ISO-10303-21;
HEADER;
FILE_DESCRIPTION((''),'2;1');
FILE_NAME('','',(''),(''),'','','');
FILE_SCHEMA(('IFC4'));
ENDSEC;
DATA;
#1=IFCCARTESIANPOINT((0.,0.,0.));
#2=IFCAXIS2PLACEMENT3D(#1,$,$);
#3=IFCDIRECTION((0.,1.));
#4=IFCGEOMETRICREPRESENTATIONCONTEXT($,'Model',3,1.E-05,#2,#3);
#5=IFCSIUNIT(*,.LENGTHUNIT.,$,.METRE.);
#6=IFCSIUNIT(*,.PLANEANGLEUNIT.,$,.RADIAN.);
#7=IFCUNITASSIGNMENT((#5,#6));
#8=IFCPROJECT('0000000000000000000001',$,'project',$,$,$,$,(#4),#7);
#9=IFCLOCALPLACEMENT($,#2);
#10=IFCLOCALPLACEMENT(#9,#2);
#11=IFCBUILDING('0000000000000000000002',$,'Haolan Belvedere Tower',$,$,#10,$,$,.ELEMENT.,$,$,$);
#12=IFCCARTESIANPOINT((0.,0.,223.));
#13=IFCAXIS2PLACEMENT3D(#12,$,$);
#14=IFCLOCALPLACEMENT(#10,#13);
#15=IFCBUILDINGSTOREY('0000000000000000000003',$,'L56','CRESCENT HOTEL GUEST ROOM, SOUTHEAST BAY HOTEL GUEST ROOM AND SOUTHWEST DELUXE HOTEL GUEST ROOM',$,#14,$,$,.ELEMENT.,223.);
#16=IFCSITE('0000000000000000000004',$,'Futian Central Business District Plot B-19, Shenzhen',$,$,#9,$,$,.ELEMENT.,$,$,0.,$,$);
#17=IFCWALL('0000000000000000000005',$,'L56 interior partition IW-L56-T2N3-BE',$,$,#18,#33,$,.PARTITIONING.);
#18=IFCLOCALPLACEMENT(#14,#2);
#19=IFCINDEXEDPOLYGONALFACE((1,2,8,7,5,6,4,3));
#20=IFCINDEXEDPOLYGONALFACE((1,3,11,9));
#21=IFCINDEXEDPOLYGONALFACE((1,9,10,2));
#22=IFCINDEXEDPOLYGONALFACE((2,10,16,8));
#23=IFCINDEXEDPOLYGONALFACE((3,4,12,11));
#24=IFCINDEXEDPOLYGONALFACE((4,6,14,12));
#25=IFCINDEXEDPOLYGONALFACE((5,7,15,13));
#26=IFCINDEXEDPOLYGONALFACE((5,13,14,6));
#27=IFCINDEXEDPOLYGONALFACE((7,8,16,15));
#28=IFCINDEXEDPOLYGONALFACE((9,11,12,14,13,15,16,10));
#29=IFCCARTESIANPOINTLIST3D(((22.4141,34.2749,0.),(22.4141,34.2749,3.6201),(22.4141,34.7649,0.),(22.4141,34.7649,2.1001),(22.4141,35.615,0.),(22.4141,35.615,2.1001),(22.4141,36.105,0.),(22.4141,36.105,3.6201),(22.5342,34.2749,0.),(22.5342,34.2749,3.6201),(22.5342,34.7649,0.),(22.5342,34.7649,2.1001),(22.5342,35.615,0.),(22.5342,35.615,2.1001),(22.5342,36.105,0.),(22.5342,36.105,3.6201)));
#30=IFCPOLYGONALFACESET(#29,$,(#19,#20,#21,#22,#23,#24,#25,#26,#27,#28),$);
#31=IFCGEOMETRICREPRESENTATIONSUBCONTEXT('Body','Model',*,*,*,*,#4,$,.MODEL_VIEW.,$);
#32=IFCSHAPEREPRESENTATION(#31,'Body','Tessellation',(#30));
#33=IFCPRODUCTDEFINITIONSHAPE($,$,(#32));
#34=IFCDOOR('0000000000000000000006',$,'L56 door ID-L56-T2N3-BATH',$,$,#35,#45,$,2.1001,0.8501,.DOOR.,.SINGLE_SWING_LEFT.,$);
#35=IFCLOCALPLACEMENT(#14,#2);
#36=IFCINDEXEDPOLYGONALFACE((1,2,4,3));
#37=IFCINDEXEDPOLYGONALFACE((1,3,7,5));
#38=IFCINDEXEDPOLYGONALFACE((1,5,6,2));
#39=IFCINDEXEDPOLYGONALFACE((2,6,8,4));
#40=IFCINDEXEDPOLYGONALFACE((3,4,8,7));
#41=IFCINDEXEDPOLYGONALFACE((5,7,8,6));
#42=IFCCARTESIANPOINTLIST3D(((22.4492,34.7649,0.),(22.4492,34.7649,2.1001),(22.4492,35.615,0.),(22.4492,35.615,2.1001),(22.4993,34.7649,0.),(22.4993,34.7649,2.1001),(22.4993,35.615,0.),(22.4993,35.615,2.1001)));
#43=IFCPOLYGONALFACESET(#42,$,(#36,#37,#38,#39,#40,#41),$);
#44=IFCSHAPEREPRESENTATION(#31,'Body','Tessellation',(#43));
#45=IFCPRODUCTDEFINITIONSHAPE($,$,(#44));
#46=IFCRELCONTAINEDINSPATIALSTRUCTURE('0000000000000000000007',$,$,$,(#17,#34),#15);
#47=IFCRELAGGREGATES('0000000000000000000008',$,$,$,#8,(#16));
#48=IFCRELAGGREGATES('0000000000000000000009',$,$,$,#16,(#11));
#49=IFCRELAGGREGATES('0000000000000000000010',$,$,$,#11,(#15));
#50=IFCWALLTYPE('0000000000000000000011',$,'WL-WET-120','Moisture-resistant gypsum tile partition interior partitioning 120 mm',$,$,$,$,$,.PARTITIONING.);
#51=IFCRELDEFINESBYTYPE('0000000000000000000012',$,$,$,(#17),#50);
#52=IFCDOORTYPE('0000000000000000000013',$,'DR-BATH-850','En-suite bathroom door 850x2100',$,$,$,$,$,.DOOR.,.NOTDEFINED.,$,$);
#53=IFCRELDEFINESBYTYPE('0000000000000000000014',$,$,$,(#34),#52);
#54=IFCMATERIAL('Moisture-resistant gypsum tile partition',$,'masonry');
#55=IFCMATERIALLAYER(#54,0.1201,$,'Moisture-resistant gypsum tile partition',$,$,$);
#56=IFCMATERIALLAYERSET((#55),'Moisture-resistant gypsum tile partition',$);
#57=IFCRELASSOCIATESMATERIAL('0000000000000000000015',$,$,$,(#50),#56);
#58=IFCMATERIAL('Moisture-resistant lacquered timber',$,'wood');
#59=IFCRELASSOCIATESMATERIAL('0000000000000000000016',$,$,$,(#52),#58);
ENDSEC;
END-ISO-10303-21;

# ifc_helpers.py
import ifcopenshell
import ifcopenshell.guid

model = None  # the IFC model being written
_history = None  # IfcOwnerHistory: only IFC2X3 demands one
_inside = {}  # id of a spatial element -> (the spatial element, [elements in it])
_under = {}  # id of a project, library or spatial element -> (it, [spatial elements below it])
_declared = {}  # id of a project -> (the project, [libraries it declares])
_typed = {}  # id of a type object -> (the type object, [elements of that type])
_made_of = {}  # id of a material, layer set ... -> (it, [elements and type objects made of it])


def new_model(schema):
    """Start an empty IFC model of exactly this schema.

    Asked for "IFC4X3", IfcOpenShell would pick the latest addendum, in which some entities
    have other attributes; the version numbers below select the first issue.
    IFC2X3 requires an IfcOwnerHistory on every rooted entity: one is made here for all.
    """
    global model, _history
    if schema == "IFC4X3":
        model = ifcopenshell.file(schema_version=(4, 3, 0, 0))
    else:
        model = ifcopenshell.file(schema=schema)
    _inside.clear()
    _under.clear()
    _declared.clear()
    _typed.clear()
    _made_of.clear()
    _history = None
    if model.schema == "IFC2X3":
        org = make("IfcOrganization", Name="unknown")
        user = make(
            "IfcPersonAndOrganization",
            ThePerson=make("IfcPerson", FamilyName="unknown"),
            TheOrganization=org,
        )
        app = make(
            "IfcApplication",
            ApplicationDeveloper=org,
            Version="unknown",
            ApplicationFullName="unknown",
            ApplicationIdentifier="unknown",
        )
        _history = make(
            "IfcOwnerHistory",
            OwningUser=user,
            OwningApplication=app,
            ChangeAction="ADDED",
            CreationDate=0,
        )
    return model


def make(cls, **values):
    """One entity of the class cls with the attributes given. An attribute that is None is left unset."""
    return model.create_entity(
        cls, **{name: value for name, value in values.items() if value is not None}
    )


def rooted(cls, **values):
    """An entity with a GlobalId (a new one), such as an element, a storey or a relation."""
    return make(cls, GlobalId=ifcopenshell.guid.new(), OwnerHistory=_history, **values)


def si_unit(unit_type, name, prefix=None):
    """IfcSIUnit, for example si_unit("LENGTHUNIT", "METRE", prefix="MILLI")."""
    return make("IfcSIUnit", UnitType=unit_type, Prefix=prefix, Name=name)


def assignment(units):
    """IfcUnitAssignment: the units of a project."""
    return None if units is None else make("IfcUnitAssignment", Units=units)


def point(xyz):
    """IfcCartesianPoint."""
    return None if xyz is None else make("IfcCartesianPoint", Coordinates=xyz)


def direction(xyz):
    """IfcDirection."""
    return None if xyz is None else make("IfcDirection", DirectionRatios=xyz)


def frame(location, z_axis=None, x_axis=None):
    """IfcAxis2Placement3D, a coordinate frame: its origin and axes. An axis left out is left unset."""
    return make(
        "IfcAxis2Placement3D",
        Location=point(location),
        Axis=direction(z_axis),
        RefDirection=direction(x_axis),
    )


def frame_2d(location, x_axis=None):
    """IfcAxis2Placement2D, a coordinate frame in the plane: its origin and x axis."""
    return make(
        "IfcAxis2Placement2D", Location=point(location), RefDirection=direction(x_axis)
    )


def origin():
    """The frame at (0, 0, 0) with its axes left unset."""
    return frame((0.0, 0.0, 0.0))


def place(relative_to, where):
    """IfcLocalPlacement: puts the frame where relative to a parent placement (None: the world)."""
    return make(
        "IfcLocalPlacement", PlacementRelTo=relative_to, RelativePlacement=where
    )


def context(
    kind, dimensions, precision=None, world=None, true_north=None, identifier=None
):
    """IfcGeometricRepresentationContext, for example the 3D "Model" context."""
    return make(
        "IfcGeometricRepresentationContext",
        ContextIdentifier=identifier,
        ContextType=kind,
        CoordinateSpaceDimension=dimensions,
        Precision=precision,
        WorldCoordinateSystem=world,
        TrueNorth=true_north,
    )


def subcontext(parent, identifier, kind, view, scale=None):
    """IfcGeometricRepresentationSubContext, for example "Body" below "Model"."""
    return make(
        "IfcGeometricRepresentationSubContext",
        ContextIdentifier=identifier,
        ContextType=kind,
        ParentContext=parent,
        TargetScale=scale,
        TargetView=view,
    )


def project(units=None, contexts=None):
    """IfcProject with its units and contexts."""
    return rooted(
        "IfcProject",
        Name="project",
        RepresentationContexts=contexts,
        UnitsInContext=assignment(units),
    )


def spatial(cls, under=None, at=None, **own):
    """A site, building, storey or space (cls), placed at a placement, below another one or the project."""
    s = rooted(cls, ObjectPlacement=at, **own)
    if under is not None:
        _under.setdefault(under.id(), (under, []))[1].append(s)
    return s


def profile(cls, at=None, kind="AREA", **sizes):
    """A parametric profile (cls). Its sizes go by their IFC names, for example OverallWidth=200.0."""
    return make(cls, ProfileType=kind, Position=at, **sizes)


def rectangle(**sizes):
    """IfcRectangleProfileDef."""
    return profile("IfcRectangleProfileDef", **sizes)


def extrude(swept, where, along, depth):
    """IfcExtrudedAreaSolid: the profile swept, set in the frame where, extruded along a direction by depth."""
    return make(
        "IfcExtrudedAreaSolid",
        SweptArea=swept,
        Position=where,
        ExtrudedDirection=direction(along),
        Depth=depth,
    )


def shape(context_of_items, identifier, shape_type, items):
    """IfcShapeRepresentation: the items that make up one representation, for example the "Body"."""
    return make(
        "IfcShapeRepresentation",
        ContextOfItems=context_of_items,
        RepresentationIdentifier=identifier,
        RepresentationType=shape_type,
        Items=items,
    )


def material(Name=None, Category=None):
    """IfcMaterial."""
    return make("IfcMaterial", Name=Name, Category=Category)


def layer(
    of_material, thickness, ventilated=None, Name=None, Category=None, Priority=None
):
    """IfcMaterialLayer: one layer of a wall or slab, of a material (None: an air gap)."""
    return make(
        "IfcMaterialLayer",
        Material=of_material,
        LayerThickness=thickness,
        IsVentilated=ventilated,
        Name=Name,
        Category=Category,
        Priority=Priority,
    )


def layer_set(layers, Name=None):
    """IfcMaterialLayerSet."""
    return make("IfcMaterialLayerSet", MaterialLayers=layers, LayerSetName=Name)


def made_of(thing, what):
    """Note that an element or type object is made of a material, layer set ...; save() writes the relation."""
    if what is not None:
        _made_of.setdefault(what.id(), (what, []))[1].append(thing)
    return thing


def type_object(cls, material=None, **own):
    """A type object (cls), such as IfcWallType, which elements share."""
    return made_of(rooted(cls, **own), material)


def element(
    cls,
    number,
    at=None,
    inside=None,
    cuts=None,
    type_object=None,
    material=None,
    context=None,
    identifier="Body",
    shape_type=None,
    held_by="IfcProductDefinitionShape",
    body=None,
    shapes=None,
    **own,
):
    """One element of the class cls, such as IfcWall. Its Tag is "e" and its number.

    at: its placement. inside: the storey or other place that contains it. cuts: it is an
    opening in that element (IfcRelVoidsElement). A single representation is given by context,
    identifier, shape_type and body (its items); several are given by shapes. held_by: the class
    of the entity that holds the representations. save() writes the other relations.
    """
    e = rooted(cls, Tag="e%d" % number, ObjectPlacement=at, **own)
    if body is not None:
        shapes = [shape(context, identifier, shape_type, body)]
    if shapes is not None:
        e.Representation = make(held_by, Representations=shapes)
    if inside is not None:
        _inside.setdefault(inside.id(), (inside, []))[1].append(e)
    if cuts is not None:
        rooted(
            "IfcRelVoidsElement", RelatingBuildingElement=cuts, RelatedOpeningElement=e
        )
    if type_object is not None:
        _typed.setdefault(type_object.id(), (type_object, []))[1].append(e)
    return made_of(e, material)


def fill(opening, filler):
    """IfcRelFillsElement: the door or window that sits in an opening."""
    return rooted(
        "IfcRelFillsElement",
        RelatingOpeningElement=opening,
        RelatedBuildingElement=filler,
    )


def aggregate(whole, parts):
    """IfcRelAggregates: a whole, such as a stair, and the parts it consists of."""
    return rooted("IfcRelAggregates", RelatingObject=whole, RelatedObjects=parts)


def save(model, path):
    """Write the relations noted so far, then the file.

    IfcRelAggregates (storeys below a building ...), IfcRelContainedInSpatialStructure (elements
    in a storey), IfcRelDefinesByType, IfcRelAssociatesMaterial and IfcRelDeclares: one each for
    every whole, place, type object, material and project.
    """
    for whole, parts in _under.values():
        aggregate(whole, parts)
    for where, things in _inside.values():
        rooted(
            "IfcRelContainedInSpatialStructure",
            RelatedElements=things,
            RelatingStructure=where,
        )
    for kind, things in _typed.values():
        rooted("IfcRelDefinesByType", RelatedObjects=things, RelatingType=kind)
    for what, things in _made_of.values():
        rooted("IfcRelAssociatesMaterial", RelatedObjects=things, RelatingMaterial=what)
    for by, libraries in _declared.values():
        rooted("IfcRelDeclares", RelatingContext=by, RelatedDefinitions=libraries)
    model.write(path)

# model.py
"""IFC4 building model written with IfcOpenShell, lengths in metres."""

from ifc_helpers import new_model, si_unit, direction, frame, frame_2d, origin, place, context, subcontext, project, spatial, rectangle, extrude, material, layer, layer_set, type_object, element, fill, save


model = new_model("IFC4")

# Units and contexts
model_context = context("Model", 3, precision=1e-05, world=origin(), true_north=direction((0.0, 1.0)))
body_context = subcontext(model_context, "Body", "Model", "MODEL_VIEW")
ifc_project = project(units=[si_unit("LENGTHUNIT", "METRE"), si_unit("PLANEANGLEUNIT", "RADIAN")], contexts=[model_context])

# Site, building, storey
site_placement = place(None, origin())
site = spatial("IfcSite", under=ifc_project, at=site_placement, Name="Futian Central Business District Plot B-19, Shenzhen", CompositionType="ELEMENT", RefElevation=0.0)
building_placement = place(site_placement, origin())
building = spatial("IfcBuilding", under=site, at=building_placement, Name="Haolan Belvedere Tower", CompositionType="ELEMENT")
storey_placement = place(building_placement, frame((0.0, 0.0, 223.0)))
storey = spatial("IfcBuildingStorey", under=building, at=storey_placement, Name="L56", Description="CRESCENT HOTEL GUEST ROOM, SOUTHEAST BAY HOTEL GUEST ROOM AND SOUTHWEST DELUXE HOTEL GUEST ROOM", CompositionType="ELEMENT", Elevation=223.0)

# Shared definitions
ifc_material_1 = material(Name="Moisture-resistant gypsum tile partition", Category="masonry")
ifc_layer_1 = layer(ifc_material_1, 0.1201, Name="Moisture-resistant gypsum tile partition")
ifc_layer_set_1 = layer_set([ifc_layer_1], Name="Moisture-resistant gypsum tile partition")
wall_type_1 = type_object("IfcWallType", Name="WL-WET-120", Description="Moisture-resistant gypsum tile partition interior partitioning 120 mm", PredefinedType="PARTITIONING", material=ifc_layer_set_1)

# Shared definitions
ifc_material_2 = material(Name="Moisture-resistant lacquered timber", Category="wood")
door_type = type_object("IfcDoorType", Name="DR-BATH-850", Description="En-suite bathroom door 850x2100", OperationType="NOTDEFINED", PredefinedType="DOOR", material=ifc_material_2)

# Wall, opening, door
wall_1_placement = place(storey_placement, frame((22.4741, 34.2749, 0.0), z_axis=(0.0, 0.0, 1.0), x_axis=(0.0, 1.0, 0.0)))
wall_1 = element("IfcWall", 1, at=wall_1_placement, inside=storey, type_object=wall_type_1, Name="L56 interior partition IW-L56-T2N3-BE", PredefinedType="PARTITIONING", context=body_context, shape_type="SweptSolid", body=[
    extrude(rectangle(XDim=1.8301, YDim=0.1201, at=frame_2d((0.915, 0.0))), origin(), (0.0, 0.0, 1.0), 3.6201),
])
opening_1_placement = place(wall_1_placement, frame((0.49, 0.0, 0.0)))
opening_1 = element("IfcOpeningElement", 2, at=opening_1_placement, cuts=wall_1, PredefinedType="OPENING", context=body_context, shape_type="SweptSolid", body=[
    extrude(rectangle(XDim=0.8501, YDim=2.1001, at=frame_2d((0.425, 1.05))), frame((0.0, 0.0701, 0.0), z_axis=(0.0, -1.0, 0.0), x_axis=(1.0, 0.0, 0.0)), (0.0, 0.0, 1.0), 0.1401),
])
door_1_placement = place(opening_1_placement, origin())
door_1 = element("IfcDoor", 3, at=door_1_placement, inside=storey, type_object=door_type, Name="L56 door ID-L56-T2N3-BATH", OperationType="SINGLE_SWING_LEFT", OverallHeight=2.1001, OverallWidth=0.8501, PredefinedType="DOOR", context=body_context, shape_type="SweptSolid", body=[
    extrude(rectangle(XDim=0.8501, YDim=2.1001, at=frame_2d((0.425, 1.05))), frame((0.0, 0.0249, 0.0), z_axis=(0.0, -1.0, 0.0), x_axis=(1.0, 0.0, 0.0)), (0.0, 0.0, 1.0), 0.05),
])
fill(opening_1, door_1)

save(model, "model.ifc")
